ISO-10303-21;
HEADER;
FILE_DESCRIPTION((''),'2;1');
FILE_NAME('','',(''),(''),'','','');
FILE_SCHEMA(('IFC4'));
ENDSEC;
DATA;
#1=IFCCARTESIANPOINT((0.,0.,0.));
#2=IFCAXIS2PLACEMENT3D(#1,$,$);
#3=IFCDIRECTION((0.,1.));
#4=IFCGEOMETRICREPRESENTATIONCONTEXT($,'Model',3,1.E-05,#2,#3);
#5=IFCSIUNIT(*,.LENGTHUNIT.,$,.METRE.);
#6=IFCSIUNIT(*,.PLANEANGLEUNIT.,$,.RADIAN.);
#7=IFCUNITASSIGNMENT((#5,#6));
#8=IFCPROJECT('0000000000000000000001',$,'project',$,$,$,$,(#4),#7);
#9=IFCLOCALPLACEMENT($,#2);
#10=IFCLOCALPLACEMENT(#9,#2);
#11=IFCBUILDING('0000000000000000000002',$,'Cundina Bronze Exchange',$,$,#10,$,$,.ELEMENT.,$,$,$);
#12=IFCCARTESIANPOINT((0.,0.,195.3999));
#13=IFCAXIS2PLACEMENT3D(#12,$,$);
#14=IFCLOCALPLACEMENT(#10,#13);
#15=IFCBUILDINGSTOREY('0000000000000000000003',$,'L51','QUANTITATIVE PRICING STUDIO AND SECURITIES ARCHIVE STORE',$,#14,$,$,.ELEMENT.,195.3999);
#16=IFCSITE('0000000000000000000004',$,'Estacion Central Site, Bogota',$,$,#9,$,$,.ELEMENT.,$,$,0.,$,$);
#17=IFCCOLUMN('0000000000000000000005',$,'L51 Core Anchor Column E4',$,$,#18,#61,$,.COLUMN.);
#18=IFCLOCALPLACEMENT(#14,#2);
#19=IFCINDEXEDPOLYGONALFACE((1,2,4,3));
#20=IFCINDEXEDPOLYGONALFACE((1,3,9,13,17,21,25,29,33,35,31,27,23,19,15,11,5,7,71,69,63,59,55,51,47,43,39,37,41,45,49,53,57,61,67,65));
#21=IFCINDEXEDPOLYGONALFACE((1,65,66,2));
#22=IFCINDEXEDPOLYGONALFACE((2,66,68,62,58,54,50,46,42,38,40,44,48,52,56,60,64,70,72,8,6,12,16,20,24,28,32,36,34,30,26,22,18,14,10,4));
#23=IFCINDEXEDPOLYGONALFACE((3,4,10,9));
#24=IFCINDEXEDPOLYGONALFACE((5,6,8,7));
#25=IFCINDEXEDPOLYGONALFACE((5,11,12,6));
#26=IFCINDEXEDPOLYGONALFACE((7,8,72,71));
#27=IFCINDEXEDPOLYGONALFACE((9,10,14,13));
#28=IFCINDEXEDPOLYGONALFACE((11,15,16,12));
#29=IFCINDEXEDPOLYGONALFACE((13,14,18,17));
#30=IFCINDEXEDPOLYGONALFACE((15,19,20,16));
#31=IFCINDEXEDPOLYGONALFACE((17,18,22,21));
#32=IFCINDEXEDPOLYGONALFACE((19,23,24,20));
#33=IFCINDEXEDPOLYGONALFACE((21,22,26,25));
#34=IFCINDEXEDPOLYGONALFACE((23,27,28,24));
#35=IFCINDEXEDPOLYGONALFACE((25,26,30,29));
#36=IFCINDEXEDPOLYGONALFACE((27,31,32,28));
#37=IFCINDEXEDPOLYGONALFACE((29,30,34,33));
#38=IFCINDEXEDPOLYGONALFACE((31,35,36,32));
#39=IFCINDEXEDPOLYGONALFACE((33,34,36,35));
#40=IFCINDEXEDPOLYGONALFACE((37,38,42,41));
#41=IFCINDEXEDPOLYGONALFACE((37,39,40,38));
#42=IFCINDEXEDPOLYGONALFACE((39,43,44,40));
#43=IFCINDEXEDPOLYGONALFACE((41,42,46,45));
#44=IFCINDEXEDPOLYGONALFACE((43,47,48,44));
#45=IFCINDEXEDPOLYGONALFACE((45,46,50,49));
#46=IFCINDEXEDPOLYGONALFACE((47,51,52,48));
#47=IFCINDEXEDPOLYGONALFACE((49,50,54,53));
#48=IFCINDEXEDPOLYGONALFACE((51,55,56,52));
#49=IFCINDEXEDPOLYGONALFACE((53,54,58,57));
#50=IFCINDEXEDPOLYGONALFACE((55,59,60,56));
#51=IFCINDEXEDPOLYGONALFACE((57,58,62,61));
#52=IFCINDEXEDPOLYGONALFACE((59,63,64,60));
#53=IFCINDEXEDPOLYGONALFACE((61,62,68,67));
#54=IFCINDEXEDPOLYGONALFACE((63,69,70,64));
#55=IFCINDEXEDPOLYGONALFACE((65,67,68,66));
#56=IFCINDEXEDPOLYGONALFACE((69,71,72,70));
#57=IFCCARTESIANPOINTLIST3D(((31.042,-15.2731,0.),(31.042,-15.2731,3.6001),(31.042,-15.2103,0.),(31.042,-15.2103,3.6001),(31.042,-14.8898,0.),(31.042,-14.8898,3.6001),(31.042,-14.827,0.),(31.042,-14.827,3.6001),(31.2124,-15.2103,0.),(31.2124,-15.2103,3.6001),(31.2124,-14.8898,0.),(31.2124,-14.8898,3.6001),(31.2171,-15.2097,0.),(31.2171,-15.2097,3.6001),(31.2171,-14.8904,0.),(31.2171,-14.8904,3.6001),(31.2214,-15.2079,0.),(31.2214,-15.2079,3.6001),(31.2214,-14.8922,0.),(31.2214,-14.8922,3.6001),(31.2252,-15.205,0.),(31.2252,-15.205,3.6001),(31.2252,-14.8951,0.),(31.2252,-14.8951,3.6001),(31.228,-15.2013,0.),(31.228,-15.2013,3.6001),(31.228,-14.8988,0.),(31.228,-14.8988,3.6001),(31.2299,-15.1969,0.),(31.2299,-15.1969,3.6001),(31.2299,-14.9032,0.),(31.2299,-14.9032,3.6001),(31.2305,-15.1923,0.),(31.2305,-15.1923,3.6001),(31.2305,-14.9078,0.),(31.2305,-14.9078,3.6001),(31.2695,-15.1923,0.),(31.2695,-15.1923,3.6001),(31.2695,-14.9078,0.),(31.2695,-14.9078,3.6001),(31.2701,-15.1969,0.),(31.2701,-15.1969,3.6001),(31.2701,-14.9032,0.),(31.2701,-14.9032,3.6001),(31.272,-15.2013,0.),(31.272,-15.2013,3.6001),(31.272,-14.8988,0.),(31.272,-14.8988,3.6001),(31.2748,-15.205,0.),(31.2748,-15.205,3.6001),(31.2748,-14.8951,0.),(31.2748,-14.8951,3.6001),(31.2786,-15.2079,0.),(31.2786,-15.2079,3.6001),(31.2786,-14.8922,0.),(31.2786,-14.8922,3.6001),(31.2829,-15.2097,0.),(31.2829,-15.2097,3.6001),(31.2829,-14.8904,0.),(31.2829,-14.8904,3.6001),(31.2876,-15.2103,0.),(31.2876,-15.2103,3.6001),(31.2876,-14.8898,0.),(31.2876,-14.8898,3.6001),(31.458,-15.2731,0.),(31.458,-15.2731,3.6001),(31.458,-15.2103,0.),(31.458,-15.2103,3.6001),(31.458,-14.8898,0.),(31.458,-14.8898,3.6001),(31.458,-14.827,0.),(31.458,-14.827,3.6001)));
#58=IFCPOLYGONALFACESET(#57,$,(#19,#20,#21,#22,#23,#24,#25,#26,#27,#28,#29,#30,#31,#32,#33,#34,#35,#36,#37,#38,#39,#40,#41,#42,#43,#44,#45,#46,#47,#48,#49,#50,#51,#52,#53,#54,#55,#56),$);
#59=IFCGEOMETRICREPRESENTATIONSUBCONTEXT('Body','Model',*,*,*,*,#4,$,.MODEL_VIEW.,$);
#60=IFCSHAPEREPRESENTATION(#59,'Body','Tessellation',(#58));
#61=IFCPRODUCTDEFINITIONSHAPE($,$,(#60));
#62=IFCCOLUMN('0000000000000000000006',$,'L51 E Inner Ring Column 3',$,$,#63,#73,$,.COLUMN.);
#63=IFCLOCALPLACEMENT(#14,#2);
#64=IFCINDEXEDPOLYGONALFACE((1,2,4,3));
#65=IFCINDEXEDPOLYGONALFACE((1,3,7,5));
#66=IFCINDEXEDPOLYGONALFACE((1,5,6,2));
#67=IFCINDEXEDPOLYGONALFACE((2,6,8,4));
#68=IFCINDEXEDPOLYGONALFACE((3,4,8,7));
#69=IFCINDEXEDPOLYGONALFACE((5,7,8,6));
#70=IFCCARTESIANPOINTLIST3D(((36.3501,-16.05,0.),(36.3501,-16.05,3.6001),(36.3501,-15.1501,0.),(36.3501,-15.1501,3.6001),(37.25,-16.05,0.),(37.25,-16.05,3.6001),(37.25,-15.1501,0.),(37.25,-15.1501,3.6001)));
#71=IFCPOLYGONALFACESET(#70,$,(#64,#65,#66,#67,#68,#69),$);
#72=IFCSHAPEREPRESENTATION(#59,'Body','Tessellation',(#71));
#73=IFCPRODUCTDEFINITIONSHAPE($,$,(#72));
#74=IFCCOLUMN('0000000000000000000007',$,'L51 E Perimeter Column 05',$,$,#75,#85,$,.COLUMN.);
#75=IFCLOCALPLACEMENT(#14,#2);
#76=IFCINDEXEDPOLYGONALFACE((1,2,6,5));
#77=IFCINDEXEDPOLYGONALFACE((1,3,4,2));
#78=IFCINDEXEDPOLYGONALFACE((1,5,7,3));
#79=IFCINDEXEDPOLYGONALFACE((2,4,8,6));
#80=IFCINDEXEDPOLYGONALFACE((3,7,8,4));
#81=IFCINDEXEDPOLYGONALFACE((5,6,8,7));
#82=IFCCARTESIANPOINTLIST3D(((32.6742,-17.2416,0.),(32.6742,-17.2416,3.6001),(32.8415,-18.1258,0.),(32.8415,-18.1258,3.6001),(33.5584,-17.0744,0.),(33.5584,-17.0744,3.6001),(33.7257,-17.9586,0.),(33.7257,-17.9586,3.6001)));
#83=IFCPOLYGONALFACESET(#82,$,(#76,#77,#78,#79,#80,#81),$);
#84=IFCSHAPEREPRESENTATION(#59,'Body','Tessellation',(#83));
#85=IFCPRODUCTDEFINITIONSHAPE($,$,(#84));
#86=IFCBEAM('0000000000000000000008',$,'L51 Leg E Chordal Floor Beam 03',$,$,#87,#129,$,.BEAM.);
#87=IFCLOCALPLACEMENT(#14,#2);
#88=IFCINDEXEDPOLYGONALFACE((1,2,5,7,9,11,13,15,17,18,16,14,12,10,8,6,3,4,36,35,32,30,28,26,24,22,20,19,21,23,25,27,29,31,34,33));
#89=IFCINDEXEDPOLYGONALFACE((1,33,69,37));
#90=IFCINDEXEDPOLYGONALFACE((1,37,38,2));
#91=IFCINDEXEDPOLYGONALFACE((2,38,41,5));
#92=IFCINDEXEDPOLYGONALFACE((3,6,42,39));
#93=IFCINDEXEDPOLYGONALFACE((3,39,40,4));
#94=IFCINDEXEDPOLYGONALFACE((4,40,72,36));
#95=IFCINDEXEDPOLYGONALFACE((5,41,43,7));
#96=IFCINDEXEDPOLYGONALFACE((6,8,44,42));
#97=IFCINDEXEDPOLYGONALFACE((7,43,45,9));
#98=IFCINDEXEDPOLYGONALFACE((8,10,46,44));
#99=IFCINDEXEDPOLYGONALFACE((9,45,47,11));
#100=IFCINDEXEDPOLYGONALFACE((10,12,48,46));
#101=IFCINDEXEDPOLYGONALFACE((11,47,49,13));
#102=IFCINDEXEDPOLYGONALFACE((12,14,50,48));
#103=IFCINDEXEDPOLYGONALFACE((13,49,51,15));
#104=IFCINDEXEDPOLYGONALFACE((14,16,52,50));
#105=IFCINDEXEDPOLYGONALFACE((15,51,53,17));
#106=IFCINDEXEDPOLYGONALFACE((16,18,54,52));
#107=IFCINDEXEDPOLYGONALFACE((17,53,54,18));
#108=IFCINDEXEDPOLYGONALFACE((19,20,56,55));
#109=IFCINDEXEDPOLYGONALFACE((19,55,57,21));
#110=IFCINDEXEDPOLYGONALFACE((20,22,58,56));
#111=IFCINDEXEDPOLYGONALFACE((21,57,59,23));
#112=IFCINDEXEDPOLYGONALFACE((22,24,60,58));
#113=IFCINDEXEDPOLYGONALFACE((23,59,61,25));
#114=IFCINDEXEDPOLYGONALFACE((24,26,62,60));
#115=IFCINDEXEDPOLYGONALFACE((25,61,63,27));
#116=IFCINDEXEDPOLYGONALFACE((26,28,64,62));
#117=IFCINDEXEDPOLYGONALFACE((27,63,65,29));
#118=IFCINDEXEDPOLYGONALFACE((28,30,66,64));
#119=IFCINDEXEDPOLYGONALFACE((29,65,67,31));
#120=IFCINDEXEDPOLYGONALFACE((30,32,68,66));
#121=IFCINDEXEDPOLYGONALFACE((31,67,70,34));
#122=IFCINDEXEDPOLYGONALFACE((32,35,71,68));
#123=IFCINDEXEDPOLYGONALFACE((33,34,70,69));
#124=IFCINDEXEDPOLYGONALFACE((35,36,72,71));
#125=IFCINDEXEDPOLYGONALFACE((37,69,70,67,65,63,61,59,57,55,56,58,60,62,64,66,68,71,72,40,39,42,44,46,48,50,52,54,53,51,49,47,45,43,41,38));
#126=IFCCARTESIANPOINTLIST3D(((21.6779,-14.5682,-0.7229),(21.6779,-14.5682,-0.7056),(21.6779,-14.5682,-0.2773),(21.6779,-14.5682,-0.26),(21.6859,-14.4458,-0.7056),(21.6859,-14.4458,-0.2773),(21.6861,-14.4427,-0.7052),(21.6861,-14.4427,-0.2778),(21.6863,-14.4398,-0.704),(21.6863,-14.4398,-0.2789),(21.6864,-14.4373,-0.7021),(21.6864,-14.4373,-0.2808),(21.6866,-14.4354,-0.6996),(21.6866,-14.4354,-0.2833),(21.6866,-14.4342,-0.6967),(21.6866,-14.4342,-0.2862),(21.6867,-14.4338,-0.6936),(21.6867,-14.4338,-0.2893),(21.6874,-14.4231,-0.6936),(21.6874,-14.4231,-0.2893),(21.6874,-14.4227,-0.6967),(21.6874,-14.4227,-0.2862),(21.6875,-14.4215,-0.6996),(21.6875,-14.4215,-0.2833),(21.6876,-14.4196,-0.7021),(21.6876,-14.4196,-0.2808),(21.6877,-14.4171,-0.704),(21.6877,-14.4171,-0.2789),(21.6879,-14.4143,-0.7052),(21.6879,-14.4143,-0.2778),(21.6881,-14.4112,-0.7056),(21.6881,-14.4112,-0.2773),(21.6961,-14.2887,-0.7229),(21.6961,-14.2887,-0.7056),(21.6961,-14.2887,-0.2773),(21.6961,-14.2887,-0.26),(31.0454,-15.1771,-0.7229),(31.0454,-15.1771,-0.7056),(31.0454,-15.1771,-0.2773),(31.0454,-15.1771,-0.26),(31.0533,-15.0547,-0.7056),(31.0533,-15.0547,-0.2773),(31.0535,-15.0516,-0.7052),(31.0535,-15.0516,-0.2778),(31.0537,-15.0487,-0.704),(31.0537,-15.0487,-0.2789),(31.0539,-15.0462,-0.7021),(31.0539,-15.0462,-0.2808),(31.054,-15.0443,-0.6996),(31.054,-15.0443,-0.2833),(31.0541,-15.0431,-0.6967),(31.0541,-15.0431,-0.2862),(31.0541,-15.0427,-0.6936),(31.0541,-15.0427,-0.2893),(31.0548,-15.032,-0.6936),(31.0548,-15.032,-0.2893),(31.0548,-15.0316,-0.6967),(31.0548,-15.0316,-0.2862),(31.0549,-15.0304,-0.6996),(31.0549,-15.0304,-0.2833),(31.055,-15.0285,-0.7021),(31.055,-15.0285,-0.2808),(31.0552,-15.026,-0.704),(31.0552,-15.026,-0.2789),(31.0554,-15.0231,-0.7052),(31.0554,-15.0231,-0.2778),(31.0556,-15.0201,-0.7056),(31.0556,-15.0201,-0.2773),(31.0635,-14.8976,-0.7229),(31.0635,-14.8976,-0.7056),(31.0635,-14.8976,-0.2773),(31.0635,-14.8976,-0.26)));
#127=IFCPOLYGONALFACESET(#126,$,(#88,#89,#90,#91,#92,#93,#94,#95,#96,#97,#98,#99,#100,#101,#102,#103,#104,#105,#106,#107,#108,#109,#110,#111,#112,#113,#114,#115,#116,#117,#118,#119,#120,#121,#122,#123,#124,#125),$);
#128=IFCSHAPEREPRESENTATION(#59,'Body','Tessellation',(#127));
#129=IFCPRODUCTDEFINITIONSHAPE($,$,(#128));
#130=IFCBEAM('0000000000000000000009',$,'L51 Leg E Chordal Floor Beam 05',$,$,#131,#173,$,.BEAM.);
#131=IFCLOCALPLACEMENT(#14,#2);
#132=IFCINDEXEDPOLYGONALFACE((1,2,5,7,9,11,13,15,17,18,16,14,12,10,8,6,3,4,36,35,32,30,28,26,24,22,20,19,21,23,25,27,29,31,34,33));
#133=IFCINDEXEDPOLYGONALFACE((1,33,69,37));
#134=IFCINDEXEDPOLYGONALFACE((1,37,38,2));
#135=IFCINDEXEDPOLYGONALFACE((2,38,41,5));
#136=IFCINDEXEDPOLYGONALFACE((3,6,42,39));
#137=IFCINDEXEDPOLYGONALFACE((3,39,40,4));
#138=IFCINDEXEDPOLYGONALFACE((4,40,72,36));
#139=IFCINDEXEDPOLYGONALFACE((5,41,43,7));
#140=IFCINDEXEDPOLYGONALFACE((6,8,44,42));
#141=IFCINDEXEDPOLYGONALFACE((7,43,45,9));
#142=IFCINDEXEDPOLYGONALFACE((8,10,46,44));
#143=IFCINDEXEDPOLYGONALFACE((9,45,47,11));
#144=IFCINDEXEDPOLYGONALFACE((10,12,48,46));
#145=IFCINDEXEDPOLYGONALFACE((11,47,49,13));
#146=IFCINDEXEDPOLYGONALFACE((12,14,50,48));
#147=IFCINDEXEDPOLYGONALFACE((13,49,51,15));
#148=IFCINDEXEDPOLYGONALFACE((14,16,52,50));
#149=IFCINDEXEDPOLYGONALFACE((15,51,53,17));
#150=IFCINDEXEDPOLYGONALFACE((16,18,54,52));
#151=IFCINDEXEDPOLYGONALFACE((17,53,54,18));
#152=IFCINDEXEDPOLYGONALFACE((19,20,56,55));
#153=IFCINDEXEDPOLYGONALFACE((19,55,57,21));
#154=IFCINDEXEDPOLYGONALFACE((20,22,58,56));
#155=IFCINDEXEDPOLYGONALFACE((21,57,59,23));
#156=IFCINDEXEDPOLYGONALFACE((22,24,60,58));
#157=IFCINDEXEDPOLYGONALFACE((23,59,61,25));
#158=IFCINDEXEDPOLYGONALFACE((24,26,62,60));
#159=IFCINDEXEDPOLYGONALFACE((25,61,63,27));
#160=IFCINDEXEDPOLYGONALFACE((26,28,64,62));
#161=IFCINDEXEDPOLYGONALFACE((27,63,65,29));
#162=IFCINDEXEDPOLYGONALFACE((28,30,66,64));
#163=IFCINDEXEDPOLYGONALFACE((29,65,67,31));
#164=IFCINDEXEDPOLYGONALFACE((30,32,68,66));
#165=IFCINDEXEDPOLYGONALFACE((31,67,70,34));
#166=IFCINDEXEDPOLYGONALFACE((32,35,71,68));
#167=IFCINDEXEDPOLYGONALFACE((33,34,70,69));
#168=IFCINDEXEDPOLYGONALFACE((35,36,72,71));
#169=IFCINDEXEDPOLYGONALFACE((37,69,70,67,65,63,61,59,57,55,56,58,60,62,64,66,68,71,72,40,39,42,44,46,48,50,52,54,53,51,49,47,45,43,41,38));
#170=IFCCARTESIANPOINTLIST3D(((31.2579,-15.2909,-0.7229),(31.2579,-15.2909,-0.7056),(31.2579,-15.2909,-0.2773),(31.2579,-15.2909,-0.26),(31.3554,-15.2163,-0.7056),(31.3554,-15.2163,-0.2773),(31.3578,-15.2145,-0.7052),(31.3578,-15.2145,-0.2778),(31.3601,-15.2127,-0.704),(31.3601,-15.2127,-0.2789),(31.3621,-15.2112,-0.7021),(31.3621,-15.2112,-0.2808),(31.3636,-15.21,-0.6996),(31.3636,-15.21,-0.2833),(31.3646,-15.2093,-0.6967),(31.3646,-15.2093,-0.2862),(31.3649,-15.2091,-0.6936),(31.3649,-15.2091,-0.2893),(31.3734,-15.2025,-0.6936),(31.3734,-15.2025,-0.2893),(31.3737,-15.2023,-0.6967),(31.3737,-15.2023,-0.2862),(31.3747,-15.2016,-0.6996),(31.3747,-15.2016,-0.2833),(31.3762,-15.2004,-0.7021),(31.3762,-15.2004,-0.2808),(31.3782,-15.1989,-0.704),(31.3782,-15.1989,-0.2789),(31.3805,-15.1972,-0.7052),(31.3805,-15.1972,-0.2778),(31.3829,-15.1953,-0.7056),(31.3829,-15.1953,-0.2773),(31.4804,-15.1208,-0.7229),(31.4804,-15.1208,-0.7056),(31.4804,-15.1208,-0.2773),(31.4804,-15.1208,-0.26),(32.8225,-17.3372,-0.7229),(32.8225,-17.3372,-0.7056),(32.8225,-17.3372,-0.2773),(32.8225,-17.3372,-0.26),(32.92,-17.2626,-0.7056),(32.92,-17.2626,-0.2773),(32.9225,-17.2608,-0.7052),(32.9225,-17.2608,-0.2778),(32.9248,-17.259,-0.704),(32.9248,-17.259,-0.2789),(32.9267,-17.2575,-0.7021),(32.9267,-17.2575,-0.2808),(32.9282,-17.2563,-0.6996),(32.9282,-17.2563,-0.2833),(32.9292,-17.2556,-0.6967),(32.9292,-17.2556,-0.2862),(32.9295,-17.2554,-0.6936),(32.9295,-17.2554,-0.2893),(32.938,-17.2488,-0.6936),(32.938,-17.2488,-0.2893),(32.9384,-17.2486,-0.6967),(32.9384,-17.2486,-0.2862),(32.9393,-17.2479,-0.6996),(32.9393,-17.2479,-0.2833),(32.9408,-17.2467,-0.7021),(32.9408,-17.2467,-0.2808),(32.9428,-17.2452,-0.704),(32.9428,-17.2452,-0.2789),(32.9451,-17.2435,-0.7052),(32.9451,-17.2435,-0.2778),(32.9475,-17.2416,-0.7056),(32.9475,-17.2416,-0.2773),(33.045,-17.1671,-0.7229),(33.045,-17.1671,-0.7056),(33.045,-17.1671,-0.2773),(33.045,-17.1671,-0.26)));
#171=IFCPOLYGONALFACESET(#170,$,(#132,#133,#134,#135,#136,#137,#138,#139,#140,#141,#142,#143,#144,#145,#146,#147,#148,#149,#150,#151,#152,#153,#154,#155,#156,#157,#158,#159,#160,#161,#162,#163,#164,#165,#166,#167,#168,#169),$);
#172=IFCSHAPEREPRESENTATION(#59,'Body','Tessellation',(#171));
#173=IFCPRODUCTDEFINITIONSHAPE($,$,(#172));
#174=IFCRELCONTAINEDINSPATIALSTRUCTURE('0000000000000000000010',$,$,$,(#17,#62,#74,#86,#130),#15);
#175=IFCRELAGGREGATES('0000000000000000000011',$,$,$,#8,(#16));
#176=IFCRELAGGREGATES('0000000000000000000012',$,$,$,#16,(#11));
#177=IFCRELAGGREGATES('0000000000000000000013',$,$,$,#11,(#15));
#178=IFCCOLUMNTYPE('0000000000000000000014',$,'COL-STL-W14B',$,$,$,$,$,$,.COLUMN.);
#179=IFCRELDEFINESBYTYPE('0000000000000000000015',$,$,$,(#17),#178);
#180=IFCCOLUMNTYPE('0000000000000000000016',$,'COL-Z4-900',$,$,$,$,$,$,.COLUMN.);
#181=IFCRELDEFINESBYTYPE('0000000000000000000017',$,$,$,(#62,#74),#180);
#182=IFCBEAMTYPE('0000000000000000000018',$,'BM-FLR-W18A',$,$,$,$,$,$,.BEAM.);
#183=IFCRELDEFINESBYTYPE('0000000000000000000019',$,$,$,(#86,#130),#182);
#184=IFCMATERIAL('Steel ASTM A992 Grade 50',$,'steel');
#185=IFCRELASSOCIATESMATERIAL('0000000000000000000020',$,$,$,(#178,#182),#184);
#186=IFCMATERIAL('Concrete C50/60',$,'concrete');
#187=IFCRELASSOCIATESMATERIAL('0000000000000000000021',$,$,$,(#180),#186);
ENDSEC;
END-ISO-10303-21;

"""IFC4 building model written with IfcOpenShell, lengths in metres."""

from ifc_helpers import new_model, si_unit, direction, frame, origin, origin_2d, place, context, subcontext, project, spatial, rectangle, i_section, extrude, material, material_profile, profile_set, type_object, element, save


model = new_model("IFC4")

# Units and contexts
model_context = context("Model", 3, precision=1e-05, world=origin(), true_north=direction((0.0, 1.0)))
body_context = subcontext(model_context, "Body", "Model", "MODEL_VIEW")
ifc_project = project(units=[si_unit("LENGTHUNIT", "METRE"), si_unit("PLANEANGLEUNIT", "RADIAN")], contexts=[model_context])

# Site, building, storey
site_placement = place(None, origin())
site = spatial("IfcSite", under=ifc_project, at=site_placement, Name="Estacion Central Site, Bogota", CompositionType="ELEMENT", RefElevation=0.0)
building_placement = place(site_placement, origin())
building = spatial("IfcBuilding", under=site, at=building_placement, Name="Cundina Bronze Exchange", CompositionType="ELEMENT")
storey_placement = place(building_placement, frame((0.0, 0.0, 195.3999)))
storey = spatial("IfcBuildingStorey", under=building, at=storey_placement, Name="L51", Description="QUANTITATIVE PRICING STUDIO AND SECURITIES ARCHIVE STORE", CompositionType="ELEMENT", Elevation=195.3999)

# Columns
ifc_material_1 = material(Name="Steel ASTM A992 Grade 50", Category="steel")
ifc_material_profile_1 = material_profile(ifc_material_1, i_section(OverallWidth=0.416, OverallDepth=0.446, WebThickness=0.0391, FlangeThickness=0.0627, FilletRadius=0.0181, at=origin_2d()), Name="W14X342", Category="steel")
ifc_profile_set_1 = profile_set([ifc_material_profile_1], Name="Steel ASTM A992 Grade 50")
column_type_1 = type_object("IfcColumnType", Name="COL-STL-W14B", PredefinedType="COLUMN", material=ifc_profile_set_1)
column_placement = place(storey_placement, frame((31.25, -15.05, 0.0), z_axis=(0.0, 0.0, 1.0), x_axis=(1.0, 0.0, 0.0)))
element("IfcColumn", 1, at=column_placement, inside=storey, type_object=column_type_1, Name="L51 Core Anchor Column E4", PredefinedType="COLUMN", context=body_context, shape_type="SweptSolid", body=[
    extrude(i_section(OverallWidth=0.416, OverallDepth=0.446, WebThickness=0.0391, FlangeThickness=0.0627, FilletRadius=0.0181, at=origin_2d()), origin(), (0.0, 0.0, 1.0), 3.6001),
])
ifc_material_2 = material(Name="Concrete C50/60", Category="concrete")
ifc_material_profile_2 = material_profile(ifc_material_2, rectangle(XDim=0.8999, YDim=0.8999, at=origin_2d()), Name="RC900X900", Category="concrete")
ifc_profile_set_2 = profile_set([ifc_material_profile_2], Name="Concrete C50/60")
column_type_2 = type_object("IfcColumnType", Name="COL-Z4-900", PredefinedType="COLUMN", material=ifc_profile_set_2)
for number, where, z_axis, x_axis, name in (
    (2, (36.8, -15.6001, 0.0), (0.0, 0.0, 1.0), (1.0, 0.0, 0.0), "L51 E Inner Ring Column 3"),
    (3, (33.2, -17.6001, 0.0), (0.0, 0.0, 1.0), (0.98258, 0.185838, 0.0), "L51 E Perimeter Column 05"),
):
    element("IfcColumn", number, at=place(storey_placement, frame(where, z_axis=z_axis, x_axis=x_axis)), inside=storey, type_object=column_type_2, Name=name, PredefinedType="COLUMN", context=body_context, shape_type="SweptSolid", body=[
        extrude(rectangle(XDim=0.8999, YDim=0.8999, at=origin_2d()), origin(), (0.0, 0.0, 1.0), 3.6001),
    ])

# Beams
ifc_material_profile_3 = material_profile(ifc_material_1, i_section(OverallWidth=0.28, OverallDepth=0.4629, WebThickness=0.0107, FlangeThickness=0.0173, FilletRadius=0.012, at=origin_2d()), Name="W18X76", Category="steel")
ifc_profile_set_3 = profile_set([ifc_material_profile_3], Name="Steel ASTM A992 Grade 50")
beam_type_1 = type_object("IfcBeamType", Name="BM-FLR-W18A", PredefinedType="BEAM", material=ifc_profile_set_3)
beam_1_placement = place(storey_placement, frame((31.0544, -15.0374, -0.4915), z_axis=(-0.997894, 0.064864, 0.0), x_axis=(-0.064864, -0.997894, 0.0)))
element("IfcBeam", 4, at=beam_1_placement, inside=storey, type_object=beam_type_1, Name="L51 Leg E Chordal Floor Beam 03", PredefinedType="BEAM", context=body_context, shape_type="SweptSolid", body=[
    extrude(i_section(OverallWidth=0.28, OverallDepth=0.4629, WebThickness=0.0107, FlangeThickness=0.0173, FilletRadius=0.012, at=origin_2d()), origin(), (0.0, 0.0, 1.0), 9.3872),
])
beam_2_placement = place(storey_placement, frame((31.3691, -15.2058, -0.4915), z_axis=(0.607404, -0.794393, 0.0), x_axis=(0.794393, 0.607404, 0.0)))
element("IfcBeam", 5, at=beam_2_placement, inside=storey, type_object=beam_type_1, Name="L51 Leg E Chordal Floor Beam 05", PredefinedType="BEAM", context=body_context, shape_type="SweptSolid", body=[
    extrude(i_section(OverallWidth=0.28, OverallDepth=0.4629, WebThickness=0.0107, FlangeThickness=0.0173, FilletRadius=0.012, at=origin_2d()), origin(), (0.0, 0.0, 1.0), 2.5759),
])

save(model, "model.ifc")
